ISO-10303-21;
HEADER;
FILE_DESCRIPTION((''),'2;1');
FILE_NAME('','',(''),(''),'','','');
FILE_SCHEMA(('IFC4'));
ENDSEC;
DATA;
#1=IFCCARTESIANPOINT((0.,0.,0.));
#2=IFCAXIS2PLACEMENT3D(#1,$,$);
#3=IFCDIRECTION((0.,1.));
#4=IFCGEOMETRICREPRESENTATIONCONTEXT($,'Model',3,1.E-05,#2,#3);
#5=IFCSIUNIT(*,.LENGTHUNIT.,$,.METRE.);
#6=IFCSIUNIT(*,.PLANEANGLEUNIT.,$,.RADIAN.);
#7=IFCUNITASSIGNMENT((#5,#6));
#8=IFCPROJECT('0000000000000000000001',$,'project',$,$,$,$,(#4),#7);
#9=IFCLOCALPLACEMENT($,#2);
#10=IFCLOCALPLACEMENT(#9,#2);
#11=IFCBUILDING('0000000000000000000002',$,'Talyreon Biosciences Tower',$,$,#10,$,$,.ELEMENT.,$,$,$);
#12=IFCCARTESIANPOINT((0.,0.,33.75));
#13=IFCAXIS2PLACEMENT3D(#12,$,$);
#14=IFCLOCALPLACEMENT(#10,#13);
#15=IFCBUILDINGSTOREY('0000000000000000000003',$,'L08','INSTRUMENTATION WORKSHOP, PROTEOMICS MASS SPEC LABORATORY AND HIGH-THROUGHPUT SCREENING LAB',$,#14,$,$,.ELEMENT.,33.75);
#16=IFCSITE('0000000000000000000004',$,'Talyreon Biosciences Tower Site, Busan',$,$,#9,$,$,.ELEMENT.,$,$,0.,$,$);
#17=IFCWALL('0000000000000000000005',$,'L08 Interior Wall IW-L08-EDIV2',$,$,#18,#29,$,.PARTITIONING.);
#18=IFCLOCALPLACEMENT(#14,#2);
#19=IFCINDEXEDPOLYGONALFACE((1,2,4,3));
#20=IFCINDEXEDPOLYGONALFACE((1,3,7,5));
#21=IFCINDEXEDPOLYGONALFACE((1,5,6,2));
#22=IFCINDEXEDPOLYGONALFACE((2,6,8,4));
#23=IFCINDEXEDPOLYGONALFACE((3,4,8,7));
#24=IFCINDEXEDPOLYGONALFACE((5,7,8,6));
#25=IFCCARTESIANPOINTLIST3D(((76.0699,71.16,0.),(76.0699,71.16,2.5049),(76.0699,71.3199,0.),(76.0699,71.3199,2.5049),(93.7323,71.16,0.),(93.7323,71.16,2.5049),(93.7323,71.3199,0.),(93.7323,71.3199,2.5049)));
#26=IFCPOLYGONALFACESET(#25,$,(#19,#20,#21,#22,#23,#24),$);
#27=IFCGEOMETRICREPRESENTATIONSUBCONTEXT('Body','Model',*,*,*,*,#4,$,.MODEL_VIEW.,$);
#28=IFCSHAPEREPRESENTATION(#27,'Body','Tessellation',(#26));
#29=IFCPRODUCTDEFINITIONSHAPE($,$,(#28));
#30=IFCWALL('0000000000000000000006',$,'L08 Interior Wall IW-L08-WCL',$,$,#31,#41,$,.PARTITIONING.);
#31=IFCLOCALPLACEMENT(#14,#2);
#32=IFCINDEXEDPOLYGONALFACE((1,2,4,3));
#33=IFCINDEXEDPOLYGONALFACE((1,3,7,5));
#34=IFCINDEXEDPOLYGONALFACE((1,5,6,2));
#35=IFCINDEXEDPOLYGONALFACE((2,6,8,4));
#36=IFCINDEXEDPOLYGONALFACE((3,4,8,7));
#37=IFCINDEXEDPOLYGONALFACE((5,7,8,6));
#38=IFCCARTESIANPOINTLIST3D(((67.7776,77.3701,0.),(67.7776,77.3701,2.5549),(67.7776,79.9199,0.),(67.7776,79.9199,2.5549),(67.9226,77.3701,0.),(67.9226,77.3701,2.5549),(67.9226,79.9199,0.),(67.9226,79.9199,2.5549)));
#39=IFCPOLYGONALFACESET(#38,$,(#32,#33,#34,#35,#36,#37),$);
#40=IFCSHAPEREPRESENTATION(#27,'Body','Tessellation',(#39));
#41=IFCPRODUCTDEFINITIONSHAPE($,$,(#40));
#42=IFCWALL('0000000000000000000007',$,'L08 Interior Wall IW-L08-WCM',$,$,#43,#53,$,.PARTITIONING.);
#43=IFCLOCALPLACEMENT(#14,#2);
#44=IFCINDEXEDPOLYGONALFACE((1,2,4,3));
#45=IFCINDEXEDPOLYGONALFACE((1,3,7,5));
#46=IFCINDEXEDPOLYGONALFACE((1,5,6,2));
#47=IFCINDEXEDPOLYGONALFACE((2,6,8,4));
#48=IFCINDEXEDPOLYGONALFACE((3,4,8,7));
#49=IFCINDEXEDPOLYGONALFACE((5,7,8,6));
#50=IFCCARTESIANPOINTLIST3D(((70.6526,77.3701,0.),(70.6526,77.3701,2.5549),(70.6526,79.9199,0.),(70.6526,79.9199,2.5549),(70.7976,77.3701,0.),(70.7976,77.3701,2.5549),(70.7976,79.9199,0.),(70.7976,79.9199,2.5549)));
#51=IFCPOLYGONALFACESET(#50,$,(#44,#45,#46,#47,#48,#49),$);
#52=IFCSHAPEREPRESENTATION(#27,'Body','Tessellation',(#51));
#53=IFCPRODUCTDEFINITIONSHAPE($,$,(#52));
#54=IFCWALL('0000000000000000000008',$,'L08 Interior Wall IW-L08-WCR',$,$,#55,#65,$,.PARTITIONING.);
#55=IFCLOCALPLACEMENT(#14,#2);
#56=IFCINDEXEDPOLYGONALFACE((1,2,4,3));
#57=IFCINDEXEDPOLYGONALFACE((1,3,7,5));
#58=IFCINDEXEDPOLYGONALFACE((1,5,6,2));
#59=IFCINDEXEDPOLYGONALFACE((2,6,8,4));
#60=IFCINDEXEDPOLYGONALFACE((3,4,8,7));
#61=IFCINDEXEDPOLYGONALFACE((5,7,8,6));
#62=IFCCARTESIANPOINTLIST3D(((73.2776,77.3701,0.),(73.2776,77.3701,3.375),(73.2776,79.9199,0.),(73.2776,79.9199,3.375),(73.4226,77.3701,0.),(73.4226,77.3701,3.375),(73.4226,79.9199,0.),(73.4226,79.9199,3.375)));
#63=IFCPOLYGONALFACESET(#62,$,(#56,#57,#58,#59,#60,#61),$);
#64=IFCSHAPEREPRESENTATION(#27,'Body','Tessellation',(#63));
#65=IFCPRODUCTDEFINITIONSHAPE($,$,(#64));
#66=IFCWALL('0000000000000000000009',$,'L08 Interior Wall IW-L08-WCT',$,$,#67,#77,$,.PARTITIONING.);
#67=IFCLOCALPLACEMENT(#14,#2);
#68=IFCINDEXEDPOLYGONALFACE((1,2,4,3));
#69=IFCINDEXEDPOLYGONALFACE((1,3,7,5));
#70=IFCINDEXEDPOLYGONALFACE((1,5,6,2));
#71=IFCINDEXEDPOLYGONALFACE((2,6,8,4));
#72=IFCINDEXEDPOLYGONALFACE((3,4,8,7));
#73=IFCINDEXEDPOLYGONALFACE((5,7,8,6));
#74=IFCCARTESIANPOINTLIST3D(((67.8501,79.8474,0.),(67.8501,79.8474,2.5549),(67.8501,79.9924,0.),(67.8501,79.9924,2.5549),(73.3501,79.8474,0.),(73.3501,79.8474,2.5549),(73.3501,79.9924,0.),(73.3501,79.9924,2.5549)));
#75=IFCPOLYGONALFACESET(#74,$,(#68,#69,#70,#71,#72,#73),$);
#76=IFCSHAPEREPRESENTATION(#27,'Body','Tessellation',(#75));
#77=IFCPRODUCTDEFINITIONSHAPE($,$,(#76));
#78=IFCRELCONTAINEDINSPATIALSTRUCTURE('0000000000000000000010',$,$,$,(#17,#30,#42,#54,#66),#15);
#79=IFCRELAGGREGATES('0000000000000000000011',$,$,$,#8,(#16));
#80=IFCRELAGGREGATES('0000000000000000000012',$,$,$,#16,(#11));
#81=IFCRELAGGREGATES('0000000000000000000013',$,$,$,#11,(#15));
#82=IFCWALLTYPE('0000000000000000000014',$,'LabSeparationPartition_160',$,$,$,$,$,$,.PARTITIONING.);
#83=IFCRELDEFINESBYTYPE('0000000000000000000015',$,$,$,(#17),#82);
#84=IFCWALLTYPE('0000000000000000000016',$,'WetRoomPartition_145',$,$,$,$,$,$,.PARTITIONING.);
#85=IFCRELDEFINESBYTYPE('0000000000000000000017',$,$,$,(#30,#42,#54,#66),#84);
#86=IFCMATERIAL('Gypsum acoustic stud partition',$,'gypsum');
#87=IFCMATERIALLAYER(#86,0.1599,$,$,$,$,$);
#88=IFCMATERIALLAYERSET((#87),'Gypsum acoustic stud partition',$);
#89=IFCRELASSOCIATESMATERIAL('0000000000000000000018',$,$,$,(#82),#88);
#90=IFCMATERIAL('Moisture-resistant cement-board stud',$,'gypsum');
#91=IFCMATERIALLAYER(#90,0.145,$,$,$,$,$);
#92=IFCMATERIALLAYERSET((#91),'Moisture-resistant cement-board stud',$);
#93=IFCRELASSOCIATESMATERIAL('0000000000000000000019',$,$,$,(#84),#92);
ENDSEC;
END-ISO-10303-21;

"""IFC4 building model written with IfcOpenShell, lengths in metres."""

from ifc_helpers import new_model, si_unit, direction, frame, frame_2d, origin, place, context, subcontext, project, spatial, rectangle, extrude, material, layer, layer_set, type_object, element, save


model = new_model("IFC4")

# Units and contexts
model_context = context("Model", 3, precision=1e-05, world=origin(), true_north=direction((0.0, 1.0)))
body_context = subcontext(model_context, "Body", "Model", "MODEL_VIEW")
ifc_project = project(units=[si_unit("LENGTHUNIT", "METRE"), si_unit("PLANEANGLEUNIT", "RADIAN")], contexts=[model_context])

# Site, building, storey
site_placement = place(None, origin())
site = spatial("IfcSite", under=ifc_project, at=site_placement, Name="Talyreon Biosciences Tower Site, Busan", CompositionType="ELEMENT", RefElevation=0.0)
building_placement = place(site_placement, origin())
building = spatial("IfcBuilding", under=site, at=building_placement, Name="Talyreon Biosciences Tower", CompositionType="ELEMENT")
storey_placement = place(building_placement, frame((0.0, 0.0, 33.75)))
storey = spatial("IfcBuildingStorey", under=building, at=storey_placement, Name="L08", Description="INSTRUMENTATION WORKSHOP, PROTEOMICS MASS SPEC LABORATORY AND HIGH-THROUGHPUT SCREENING LAB", CompositionType="ELEMENT", Elevation=33.75)

# Shared definitions
ifc_material_1 = material(Name="Gypsum acoustic stud partition", Category="gypsum")
ifc_layer_1 = layer(ifc_material_1, 0.1599)
ifc_layer_set_1 = layer_set([ifc_layer_1], Name="Gypsum acoustic stud partition")
wall_type_1 = type_object("IfcWallType", Name="LabSeparationPartition_160", PredefinedType="PARTITIONING", material=ifc_layer_set_1)

# Walls
wall_1_placement = place(storey_placement, frame((76.0701, 71.24, 0.0), z_axis=(0.0, 0.0, 1.0), x_axis=(1.0, 0.0, 0.0)))
element("IfcWall", 1, at=wall_1_placement, inside=storey, type_object=wall_type_1, Name="L08 Interior Wall IW-L08-EDIV2", PredefinedType="PARTITIONING", context=body_context, shape_type="SweptSolid", body=[
    extrude(rectangle(XDim=17.6624, YDim=0.1599, at=frame_2d((8.8311, 0.0))), origin(), (0.0, 0.0, 1.0), 2.5049),
])
ifc_material_2 = material(Name="Moisture-resistant cement-board stud", Category="gypsum")
ifc_layer_2 = layer(ifc_material_2, 0.145)
ifc_layer_set_2 = layer_set([ifc_layer_2], Name="Moisture-resistant cement-board stud")
wall_type_2 = type_object("IfcWallType", Name="WetRoomPartition_145", PredefinedType="PARTITIONING", material=ifc_layer_set_2)
for number, where, z_axis, x_axis, name in (
    (2, (67.8501, 77.3701, 0.0), (0.0, 0.0, 1.0), (0.0, 1.0, 0.0), "L08 Interior Wall IW-L08-WCL"),
    (3, (70.7251, 77.3701, 0.0), (0.0, 0.0, 1.0), (0.0, 1.0, 0.0), "L08 Interior Wall IW-L08-WCM"),
):
    element("IfcWall", number, at=place(storey_placement, frame(where, z_axis=z_axis, x_axis=x_axis)), inside=storey, type_object=wall_type_2, Name=name, PredefinedType="PARTITIONING", context=body_context, shape_type="SweptSolid", body=[
        extrude(rectangle(XDim=2.5498, YDim=0.145, at=frame_2d((1.2749, 0.0))), origin(), (0.0, 0.0, 1.0), 2.5549),
    ])
wall_2_placement = place(storey_placement, frame((73.3501, 77.3701, 0.0), z_axis=(0.0, 0.0, 1.0), x_axis=(0.0, 1.0, 0.0)))
element("IfcWall", 4, at=wall_2_placement, inside=storey, type_object=wall_type_2, Name="L08 Interior Wall IW-L08-WCR", PredefinedType="PARTITIONING", context=body_context, shape_type="SweptSolid", body=[
    extrude(rectangle(XDim=2.5498, YDim=0.145, at=frame_2d((1.2749, 0.0))), origin(), (0.0, 0.0, 1.0), 3.375),
])
wall_3_placement = place(storey_placement, frame((67.8501, 79.9199, 0.0), z_axis=(0.0, 0.0, 1.0), x_axis=(1.0, 0.0, 0.0)))
element("IfcWall", 5, at=wall_3_placement, inside=storey, type_object=wall_type_2, Name="L08 Interior Wall IW-L08-WCT", PredefinedType="PARTITIONING", context=body_context, shape_type="SweptSolid", body=[
    extrude(rectangle(XDim=5.5, YDim=0.145, at=frame_2d((2.75, 0.0))), origin(), (0.0, 0.0, 1.0), 2.5549),
])

save(model, "model.ifc")
